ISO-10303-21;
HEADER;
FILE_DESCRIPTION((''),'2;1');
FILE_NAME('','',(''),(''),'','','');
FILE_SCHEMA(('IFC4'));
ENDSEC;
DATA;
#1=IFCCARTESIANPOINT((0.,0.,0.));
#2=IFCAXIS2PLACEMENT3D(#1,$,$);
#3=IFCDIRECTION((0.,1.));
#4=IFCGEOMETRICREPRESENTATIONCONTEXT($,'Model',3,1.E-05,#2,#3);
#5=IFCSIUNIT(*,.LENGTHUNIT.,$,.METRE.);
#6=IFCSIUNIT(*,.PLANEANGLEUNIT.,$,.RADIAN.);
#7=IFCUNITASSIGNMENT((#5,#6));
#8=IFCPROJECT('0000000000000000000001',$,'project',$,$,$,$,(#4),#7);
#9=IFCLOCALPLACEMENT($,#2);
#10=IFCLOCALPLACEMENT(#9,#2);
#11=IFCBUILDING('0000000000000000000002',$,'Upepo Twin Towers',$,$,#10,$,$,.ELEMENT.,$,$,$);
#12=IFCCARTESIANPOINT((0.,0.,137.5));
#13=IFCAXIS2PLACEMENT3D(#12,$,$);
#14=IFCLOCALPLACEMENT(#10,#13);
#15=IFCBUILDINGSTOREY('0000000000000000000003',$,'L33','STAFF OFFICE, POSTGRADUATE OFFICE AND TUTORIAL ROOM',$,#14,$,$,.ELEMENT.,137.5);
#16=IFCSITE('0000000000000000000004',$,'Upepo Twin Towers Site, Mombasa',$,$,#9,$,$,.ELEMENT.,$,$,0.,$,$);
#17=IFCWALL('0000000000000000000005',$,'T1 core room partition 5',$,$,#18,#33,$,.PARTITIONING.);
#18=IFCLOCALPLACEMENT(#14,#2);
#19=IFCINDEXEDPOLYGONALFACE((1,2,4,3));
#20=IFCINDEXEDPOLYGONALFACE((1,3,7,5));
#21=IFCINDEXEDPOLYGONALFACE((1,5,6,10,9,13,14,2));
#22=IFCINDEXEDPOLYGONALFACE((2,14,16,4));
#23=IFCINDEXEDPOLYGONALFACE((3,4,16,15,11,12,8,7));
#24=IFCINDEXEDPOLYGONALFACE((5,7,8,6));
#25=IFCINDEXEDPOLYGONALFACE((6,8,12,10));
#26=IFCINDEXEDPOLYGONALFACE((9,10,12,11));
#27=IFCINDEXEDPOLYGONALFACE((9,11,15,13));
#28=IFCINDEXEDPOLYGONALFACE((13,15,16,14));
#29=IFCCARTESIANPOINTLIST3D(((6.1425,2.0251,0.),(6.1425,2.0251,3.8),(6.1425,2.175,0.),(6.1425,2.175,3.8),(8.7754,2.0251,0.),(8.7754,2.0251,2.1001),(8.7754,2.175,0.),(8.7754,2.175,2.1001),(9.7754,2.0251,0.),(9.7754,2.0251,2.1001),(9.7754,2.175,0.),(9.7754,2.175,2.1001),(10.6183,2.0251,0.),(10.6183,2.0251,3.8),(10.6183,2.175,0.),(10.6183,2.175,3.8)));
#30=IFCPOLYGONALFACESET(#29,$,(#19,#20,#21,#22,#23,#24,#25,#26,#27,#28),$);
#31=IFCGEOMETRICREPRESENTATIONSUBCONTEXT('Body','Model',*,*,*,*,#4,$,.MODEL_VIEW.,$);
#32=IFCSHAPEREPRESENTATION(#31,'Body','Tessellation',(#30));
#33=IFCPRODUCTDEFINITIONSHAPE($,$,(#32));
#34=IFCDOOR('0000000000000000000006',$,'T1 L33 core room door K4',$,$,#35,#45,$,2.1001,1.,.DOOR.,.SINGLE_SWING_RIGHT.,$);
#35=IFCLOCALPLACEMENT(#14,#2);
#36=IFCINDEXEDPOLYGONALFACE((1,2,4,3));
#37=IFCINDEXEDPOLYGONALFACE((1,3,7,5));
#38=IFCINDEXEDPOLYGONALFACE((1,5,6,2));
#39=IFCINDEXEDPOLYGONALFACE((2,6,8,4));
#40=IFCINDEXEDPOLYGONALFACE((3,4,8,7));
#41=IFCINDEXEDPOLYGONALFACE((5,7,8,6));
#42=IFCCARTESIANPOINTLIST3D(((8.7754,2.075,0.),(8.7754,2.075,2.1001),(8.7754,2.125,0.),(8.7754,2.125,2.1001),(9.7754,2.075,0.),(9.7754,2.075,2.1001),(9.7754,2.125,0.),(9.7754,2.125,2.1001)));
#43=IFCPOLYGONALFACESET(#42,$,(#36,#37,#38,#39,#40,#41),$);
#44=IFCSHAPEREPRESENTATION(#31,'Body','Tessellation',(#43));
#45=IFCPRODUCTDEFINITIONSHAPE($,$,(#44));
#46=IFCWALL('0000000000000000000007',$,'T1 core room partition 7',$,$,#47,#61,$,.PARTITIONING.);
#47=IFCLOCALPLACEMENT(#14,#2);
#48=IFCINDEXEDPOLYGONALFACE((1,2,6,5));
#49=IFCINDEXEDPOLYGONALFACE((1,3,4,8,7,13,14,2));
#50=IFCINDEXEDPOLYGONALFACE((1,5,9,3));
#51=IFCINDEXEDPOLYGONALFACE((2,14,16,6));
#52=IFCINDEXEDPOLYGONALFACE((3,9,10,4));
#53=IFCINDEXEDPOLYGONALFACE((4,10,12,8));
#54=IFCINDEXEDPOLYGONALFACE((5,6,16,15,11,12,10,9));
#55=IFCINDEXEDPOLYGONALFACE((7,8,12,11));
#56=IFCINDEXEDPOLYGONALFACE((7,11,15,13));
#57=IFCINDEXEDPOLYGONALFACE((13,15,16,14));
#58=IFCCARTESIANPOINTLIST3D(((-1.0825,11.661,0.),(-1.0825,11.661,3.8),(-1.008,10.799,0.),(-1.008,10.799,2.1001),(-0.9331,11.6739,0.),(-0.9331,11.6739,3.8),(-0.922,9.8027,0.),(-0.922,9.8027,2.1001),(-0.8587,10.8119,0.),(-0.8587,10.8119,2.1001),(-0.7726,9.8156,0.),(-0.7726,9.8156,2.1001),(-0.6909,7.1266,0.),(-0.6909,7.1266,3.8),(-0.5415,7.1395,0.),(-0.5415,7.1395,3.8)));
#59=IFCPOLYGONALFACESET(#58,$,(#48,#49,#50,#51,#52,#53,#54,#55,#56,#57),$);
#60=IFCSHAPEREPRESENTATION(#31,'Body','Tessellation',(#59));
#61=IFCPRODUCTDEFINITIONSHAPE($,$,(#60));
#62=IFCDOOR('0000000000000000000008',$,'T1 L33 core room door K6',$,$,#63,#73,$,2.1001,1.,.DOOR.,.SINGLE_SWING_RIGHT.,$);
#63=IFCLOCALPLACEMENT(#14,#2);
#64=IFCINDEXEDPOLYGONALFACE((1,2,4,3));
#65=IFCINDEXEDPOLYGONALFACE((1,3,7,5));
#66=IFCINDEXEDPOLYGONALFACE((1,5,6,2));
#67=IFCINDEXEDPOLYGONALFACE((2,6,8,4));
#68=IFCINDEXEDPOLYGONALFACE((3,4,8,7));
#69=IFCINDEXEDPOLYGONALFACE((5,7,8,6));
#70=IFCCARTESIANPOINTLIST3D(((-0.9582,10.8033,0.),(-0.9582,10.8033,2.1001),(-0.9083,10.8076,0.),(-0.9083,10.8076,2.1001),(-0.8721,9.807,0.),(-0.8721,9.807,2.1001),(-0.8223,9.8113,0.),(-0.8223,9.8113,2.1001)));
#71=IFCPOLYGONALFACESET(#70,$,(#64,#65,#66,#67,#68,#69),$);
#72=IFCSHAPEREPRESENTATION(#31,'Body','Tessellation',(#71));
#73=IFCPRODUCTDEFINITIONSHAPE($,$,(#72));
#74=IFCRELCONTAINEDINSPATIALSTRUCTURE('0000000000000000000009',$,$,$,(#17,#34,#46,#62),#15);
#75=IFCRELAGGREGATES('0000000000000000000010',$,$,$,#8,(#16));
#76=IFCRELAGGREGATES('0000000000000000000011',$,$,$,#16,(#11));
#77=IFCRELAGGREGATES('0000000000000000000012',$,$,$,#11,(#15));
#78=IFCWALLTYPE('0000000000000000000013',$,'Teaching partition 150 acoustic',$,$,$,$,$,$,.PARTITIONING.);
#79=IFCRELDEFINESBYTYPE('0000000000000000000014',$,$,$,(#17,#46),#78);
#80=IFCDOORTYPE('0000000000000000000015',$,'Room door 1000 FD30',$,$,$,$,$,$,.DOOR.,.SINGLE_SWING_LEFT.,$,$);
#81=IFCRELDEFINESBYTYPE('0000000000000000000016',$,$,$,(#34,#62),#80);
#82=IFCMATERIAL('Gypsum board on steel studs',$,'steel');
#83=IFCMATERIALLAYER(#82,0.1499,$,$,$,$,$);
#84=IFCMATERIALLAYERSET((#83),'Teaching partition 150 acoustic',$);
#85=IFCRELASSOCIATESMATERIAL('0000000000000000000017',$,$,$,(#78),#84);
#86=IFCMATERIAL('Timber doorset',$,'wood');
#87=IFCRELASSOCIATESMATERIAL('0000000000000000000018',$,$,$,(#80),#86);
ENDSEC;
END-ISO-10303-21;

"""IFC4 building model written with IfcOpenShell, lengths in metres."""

from ifc_helpers import new_model, si_unit, direction, frame, frame_2d, origin, place, context, subcontext, project, spatial, rectangle, extrude, material, layer, layer_set, type_object, element, fill, save


model = new_model("IFC4")

# Units and contexts
model_context = context("Model", 3, precision=1e-05, world=origin(), true_north=direction((0.0, 1.0)))
body_context = subcontext(model_context, "Body", "Model", "MODEL_VIEW")
ifc_project = project(units=[si_unit("LENGTHUNIT", "METRE"), si_unit("PLANEANGLEUNIT", "RADIAN")], contexts=[model_context])

# Site, building, storey
site_placement = place(None, origin())
site = spatial("IfcSite", under=ifc_project, at=site_placement, Name="Upepo Twin Towers Site, Mombasa", CompositionType="ELEMENT", RefElevation=0.0)
building_placement = place(site_placement, origin())
building = spatial("IfcBuilding", under=site, at=building_placement, Name="Upepo Twin Towers", CompositionType="ELEMENT")
storey_placement = place(building_placement, frame((0.0, 0.0, 137.5)))
storey = spatial("IfcBuildingStorey", under=building, at=storey_placement, Name="L33", Description="STAFF OFFICE, POSTGRADUATE OFFICE AND TUTORIAL ROOM", CompositionType="ELEMENT", Elevation=137.5)

# Walls, openings, doors
ifc_material_1 = material(Name="Gypsum board on steel studs", Category="steel")
ifc_layer_1 = layer(ifc_material_1, 0.1499)
ifc_layer_set_1 = layer_set([ifc_layer_1], Name="Teaching partition 150 acoustic")
wall_type_1 = type_object("IfcWallType", Name="Teaching partition 150 acoustic", PredefinedType="PARTITIONING", material=ifc_layer_set_1)
ifc_material_2 = material(Name="Timber doorset", Category="wood")
door_type_1 = type_object("IfcDoorType", Name="Room door 1000 FD30", OperationType="SINGLE_SWING_LEFT", PredefinedType="DOOR", material=ifc_material_2)
wall_1_placement = place(storey_placement, frame((6.1426, 2.1001, 0.0), z_axis=(0.0, 0.0, 1.0), x_axis=(1.0, 0.0, 0.0)))
wall_1 = element("IfcWall", 1, at=wall_1_placement, inside=storey, type_object=wall_type_1, Name="T1 core room partition 5", PredefinedType="PARTITIONING", context=body_context, shape_type="SweptSolid", body=[
    extrude(rectangle(XDim=4.4758, YDim=0.1499, at=frame_2d((2.2378, 0.0))), origin(), (0.0, 0.0, 1.0), 3.8),
])
opening_1_placement = place(wall_1_placement, frame((2.6328, 0.0, 0.0)))
opening_1 = element("IfcOpeningElement", 2, at=opening_1_placement, cuts=wall_1, PredefinedType="OPENING", context=body_context, shape_type="SweptSolid", body=[
    extrude(rectangle(XDim=1.0, YDim=2.1001, at=frame_2d((0.5, 1.05))), frame((0.0, 0.085, 0.0), z_axis=(0.0, -1.0, 0.0), x_axis=(1.0, 0.0, 0.0)), (0.0, 0.0, 1.0), 0.1699),
])
door_1_placement = place(opening_1_placement, origin())
door_1 = element("IfcDoor", 3, at=door_1_placement, inside=storey, type_object=door_type_1, Name="T1 L33 core room door K4", OperationType="SINGLE_SWING_RIGHT", OverallHeight=2.1001, OverallWidth=1.0, PredefinedType="DOOR", context=body_context, shape_type="SweptSolid", body=[
    extrude(rectangle(XDim=1.0, YDim=2.1001, at=frame_2d((0.5, 1.05))), frame((0.0, 0.0249, 0.0), z_axis=(0.0, -1.0, 0.0), x_axis=(1.0, 0.0, 0.0)), (0.0, 0.0, 1.0), 0.05),
])
fill(opening_1, door_1)
wall_2_placement = place(storey_placement, frame((-0.6162, 7.1331, 0.0), z_axis=(0.0, 0.0, 1.0), x_axis=(-0.086042, 0.996292, 0.0)))
wall_2 = element("IfcWall", 4, at=wall_2_placement, inside=storey, type_object=wall_type_1, Name="T1 core room partition 7", PredefinedType="PARTITIONING", context=body_context, shape_type="SweptSolid", body=[
    extrude(rectangle(XDim=4.5513, YDim=0.1499, at=frame_2d((2.2756, 0.0))), origin(), (0.0, 0.0, 1.0), 3.8),
])
opening_2_placement = place(wall_2_placement, frame((2.686, 0.0, 0.0)))
opening_2 = element("IfcOpeningElement", 5, at=opening_2_placement, cuts=wall_2, PredefinedType="OPENING", context=body_context, shape_type="SweptSolid", body=[
    extrude(rectangle(XDim=1.0, YDim=2.1001, at=frame_2d((0.5, 1.05))), frame((0.0, 0.085, 0.0), z_axis=(0.0, -1.0, 0.0), x_axis=(1.0, 0.0, 0.0)), (0.0, 0.0, 1.0), 0.1699),
])
door_2_placement = place(opening_2_placement, origin())
door_2 = element("IfcDoor", 6, at=door_2_placement, inside=storey, type_object=door_type_1, Name="T1 L33 core room door K6", OperationType="SINGLE_SWING_RIGHT", OverallHeight=2.1001, OverallWidth=1.0, PredefinedType="DOOR", context=body_context, shape_type="SweptSolid", body=[
    extrude(rectangle(XDim=1.0, YDim=2.1001, at=frame_2d((0.5, 1.05))), frame((0.0, 0.0249, 0.0), z_axis=(0.0, -1.0, 0.0), x_axis=(1.0, 0.0, 0.0)), (0.0, 0.0, 1.0), 0.05),
])
fill(opening_2, door_2)

save(model, "model.ifc")
